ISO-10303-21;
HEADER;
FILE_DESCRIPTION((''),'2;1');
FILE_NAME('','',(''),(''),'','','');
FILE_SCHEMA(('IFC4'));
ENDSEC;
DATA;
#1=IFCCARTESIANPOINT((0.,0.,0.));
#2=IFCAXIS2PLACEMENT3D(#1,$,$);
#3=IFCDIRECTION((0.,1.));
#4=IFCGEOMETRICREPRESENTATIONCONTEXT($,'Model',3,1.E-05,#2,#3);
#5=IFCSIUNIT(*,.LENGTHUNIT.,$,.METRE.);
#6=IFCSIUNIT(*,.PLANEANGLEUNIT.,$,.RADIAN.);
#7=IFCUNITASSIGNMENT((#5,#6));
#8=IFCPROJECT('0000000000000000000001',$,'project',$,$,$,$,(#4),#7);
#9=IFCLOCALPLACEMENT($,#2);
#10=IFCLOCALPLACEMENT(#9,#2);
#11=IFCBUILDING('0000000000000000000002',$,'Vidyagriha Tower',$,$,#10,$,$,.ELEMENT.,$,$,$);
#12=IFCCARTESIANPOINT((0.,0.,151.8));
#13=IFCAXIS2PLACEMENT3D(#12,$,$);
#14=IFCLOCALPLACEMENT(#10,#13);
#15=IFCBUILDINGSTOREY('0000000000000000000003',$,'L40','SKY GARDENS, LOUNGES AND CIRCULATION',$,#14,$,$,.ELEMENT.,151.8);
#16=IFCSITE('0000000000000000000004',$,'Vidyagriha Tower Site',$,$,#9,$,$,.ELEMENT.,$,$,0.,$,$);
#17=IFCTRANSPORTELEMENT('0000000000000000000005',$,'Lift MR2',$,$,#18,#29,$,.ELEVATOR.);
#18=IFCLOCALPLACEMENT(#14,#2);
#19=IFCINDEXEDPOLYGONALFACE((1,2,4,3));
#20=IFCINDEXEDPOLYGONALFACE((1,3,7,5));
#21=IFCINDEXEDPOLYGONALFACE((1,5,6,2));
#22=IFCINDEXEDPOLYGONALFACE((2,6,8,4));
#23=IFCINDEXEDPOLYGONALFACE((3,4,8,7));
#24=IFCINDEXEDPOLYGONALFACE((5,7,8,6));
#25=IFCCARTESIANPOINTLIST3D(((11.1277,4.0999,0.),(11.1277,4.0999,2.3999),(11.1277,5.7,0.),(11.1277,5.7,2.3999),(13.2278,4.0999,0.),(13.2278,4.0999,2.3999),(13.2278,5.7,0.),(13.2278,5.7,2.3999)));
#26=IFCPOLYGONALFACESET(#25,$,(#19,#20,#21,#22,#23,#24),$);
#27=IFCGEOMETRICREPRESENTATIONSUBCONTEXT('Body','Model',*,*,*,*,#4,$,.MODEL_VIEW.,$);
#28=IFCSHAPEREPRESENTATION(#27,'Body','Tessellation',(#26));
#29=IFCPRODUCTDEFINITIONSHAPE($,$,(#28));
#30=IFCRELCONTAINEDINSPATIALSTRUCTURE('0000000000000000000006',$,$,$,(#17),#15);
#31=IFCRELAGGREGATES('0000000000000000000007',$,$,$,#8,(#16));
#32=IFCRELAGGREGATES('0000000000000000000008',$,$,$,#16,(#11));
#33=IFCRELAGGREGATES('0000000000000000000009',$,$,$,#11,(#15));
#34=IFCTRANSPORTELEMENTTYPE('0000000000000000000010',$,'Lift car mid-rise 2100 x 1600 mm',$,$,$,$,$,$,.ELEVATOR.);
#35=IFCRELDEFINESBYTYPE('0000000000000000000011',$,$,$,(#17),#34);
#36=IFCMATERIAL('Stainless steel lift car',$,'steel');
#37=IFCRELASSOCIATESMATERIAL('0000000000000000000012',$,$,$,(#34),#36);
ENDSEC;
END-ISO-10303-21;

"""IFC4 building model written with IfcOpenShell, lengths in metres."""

from ifc_helpers import new_model, si_unit, direction, frame, origin, origin_2d, place, context, subcontext, project, spatial, rectangle, extrude, material, type_object, element, save


model = new_model("IFC4")

# Units and contexts
model_context = context("Model", 3, precision=1e-05, world=origin(), true_north=direction((0.0, 1.0)))
body_context = subcontext(model_context, "Body", "Model", "MODEL_VIEW")
ifc_project = project(units=[si_unit("LENGTHUNIT", "METRE"), si_unit("PLANEANGLEUNIT", "RADIAN")], contexts=[model_context])

# Site, building, storey
site_placement = place(None, origin())
site = spatial("IfcSite", under=ifc_project, at=site_placement, Name="Vidyagriha Tower Site", CompositionType="ELEMENT", RefElevation=0.0)
building_placement = place(site_placement, origin())
building = spatial("IfcBuilding", under=site, at=building_placement, Name="Vidyagriha Tower", CompositionType="ELEMENT")
storey_placement = place(building_placement, frame((0.0, 0.0, 151.8)))
storey = spatial("IfcBuildingStorey", under=building, at=storey_placement, Name="L40", Description="SKY GARDENS, LOUNGES AND CIRCULATION", CompositionType="ELEMENT", Elevation=151.8)

# Transport element
ifc_material_1 = material(Name="Stainless steel lift car", Category="steel")
transport_element_type = type_object("IfcTransportElementType", Name="Lift car mid-rise 2100 x 1600 mm", PredefinedType="ELEVATOR", material=ifc_material_1)
for number, where, name in (
    (1, (12.1777, 4.8999, 0.0), "Lift MR2"),
):
    element("IfcTransportElement", number, at=place(storey_placement, frame(where)), inside=storey, type_object=transport_element_type, Name=name, PredefinedType="ELEVATOR", context=body_context, shape_type="SweptSolid", body=[
        extrude(rectangle(XDim=2.1001, YDim=1.6001, at=origin_2d()), origin(), (0.0, 0.0, 1.0), 2.3999),
    ])

save(model, "model.ifc")
